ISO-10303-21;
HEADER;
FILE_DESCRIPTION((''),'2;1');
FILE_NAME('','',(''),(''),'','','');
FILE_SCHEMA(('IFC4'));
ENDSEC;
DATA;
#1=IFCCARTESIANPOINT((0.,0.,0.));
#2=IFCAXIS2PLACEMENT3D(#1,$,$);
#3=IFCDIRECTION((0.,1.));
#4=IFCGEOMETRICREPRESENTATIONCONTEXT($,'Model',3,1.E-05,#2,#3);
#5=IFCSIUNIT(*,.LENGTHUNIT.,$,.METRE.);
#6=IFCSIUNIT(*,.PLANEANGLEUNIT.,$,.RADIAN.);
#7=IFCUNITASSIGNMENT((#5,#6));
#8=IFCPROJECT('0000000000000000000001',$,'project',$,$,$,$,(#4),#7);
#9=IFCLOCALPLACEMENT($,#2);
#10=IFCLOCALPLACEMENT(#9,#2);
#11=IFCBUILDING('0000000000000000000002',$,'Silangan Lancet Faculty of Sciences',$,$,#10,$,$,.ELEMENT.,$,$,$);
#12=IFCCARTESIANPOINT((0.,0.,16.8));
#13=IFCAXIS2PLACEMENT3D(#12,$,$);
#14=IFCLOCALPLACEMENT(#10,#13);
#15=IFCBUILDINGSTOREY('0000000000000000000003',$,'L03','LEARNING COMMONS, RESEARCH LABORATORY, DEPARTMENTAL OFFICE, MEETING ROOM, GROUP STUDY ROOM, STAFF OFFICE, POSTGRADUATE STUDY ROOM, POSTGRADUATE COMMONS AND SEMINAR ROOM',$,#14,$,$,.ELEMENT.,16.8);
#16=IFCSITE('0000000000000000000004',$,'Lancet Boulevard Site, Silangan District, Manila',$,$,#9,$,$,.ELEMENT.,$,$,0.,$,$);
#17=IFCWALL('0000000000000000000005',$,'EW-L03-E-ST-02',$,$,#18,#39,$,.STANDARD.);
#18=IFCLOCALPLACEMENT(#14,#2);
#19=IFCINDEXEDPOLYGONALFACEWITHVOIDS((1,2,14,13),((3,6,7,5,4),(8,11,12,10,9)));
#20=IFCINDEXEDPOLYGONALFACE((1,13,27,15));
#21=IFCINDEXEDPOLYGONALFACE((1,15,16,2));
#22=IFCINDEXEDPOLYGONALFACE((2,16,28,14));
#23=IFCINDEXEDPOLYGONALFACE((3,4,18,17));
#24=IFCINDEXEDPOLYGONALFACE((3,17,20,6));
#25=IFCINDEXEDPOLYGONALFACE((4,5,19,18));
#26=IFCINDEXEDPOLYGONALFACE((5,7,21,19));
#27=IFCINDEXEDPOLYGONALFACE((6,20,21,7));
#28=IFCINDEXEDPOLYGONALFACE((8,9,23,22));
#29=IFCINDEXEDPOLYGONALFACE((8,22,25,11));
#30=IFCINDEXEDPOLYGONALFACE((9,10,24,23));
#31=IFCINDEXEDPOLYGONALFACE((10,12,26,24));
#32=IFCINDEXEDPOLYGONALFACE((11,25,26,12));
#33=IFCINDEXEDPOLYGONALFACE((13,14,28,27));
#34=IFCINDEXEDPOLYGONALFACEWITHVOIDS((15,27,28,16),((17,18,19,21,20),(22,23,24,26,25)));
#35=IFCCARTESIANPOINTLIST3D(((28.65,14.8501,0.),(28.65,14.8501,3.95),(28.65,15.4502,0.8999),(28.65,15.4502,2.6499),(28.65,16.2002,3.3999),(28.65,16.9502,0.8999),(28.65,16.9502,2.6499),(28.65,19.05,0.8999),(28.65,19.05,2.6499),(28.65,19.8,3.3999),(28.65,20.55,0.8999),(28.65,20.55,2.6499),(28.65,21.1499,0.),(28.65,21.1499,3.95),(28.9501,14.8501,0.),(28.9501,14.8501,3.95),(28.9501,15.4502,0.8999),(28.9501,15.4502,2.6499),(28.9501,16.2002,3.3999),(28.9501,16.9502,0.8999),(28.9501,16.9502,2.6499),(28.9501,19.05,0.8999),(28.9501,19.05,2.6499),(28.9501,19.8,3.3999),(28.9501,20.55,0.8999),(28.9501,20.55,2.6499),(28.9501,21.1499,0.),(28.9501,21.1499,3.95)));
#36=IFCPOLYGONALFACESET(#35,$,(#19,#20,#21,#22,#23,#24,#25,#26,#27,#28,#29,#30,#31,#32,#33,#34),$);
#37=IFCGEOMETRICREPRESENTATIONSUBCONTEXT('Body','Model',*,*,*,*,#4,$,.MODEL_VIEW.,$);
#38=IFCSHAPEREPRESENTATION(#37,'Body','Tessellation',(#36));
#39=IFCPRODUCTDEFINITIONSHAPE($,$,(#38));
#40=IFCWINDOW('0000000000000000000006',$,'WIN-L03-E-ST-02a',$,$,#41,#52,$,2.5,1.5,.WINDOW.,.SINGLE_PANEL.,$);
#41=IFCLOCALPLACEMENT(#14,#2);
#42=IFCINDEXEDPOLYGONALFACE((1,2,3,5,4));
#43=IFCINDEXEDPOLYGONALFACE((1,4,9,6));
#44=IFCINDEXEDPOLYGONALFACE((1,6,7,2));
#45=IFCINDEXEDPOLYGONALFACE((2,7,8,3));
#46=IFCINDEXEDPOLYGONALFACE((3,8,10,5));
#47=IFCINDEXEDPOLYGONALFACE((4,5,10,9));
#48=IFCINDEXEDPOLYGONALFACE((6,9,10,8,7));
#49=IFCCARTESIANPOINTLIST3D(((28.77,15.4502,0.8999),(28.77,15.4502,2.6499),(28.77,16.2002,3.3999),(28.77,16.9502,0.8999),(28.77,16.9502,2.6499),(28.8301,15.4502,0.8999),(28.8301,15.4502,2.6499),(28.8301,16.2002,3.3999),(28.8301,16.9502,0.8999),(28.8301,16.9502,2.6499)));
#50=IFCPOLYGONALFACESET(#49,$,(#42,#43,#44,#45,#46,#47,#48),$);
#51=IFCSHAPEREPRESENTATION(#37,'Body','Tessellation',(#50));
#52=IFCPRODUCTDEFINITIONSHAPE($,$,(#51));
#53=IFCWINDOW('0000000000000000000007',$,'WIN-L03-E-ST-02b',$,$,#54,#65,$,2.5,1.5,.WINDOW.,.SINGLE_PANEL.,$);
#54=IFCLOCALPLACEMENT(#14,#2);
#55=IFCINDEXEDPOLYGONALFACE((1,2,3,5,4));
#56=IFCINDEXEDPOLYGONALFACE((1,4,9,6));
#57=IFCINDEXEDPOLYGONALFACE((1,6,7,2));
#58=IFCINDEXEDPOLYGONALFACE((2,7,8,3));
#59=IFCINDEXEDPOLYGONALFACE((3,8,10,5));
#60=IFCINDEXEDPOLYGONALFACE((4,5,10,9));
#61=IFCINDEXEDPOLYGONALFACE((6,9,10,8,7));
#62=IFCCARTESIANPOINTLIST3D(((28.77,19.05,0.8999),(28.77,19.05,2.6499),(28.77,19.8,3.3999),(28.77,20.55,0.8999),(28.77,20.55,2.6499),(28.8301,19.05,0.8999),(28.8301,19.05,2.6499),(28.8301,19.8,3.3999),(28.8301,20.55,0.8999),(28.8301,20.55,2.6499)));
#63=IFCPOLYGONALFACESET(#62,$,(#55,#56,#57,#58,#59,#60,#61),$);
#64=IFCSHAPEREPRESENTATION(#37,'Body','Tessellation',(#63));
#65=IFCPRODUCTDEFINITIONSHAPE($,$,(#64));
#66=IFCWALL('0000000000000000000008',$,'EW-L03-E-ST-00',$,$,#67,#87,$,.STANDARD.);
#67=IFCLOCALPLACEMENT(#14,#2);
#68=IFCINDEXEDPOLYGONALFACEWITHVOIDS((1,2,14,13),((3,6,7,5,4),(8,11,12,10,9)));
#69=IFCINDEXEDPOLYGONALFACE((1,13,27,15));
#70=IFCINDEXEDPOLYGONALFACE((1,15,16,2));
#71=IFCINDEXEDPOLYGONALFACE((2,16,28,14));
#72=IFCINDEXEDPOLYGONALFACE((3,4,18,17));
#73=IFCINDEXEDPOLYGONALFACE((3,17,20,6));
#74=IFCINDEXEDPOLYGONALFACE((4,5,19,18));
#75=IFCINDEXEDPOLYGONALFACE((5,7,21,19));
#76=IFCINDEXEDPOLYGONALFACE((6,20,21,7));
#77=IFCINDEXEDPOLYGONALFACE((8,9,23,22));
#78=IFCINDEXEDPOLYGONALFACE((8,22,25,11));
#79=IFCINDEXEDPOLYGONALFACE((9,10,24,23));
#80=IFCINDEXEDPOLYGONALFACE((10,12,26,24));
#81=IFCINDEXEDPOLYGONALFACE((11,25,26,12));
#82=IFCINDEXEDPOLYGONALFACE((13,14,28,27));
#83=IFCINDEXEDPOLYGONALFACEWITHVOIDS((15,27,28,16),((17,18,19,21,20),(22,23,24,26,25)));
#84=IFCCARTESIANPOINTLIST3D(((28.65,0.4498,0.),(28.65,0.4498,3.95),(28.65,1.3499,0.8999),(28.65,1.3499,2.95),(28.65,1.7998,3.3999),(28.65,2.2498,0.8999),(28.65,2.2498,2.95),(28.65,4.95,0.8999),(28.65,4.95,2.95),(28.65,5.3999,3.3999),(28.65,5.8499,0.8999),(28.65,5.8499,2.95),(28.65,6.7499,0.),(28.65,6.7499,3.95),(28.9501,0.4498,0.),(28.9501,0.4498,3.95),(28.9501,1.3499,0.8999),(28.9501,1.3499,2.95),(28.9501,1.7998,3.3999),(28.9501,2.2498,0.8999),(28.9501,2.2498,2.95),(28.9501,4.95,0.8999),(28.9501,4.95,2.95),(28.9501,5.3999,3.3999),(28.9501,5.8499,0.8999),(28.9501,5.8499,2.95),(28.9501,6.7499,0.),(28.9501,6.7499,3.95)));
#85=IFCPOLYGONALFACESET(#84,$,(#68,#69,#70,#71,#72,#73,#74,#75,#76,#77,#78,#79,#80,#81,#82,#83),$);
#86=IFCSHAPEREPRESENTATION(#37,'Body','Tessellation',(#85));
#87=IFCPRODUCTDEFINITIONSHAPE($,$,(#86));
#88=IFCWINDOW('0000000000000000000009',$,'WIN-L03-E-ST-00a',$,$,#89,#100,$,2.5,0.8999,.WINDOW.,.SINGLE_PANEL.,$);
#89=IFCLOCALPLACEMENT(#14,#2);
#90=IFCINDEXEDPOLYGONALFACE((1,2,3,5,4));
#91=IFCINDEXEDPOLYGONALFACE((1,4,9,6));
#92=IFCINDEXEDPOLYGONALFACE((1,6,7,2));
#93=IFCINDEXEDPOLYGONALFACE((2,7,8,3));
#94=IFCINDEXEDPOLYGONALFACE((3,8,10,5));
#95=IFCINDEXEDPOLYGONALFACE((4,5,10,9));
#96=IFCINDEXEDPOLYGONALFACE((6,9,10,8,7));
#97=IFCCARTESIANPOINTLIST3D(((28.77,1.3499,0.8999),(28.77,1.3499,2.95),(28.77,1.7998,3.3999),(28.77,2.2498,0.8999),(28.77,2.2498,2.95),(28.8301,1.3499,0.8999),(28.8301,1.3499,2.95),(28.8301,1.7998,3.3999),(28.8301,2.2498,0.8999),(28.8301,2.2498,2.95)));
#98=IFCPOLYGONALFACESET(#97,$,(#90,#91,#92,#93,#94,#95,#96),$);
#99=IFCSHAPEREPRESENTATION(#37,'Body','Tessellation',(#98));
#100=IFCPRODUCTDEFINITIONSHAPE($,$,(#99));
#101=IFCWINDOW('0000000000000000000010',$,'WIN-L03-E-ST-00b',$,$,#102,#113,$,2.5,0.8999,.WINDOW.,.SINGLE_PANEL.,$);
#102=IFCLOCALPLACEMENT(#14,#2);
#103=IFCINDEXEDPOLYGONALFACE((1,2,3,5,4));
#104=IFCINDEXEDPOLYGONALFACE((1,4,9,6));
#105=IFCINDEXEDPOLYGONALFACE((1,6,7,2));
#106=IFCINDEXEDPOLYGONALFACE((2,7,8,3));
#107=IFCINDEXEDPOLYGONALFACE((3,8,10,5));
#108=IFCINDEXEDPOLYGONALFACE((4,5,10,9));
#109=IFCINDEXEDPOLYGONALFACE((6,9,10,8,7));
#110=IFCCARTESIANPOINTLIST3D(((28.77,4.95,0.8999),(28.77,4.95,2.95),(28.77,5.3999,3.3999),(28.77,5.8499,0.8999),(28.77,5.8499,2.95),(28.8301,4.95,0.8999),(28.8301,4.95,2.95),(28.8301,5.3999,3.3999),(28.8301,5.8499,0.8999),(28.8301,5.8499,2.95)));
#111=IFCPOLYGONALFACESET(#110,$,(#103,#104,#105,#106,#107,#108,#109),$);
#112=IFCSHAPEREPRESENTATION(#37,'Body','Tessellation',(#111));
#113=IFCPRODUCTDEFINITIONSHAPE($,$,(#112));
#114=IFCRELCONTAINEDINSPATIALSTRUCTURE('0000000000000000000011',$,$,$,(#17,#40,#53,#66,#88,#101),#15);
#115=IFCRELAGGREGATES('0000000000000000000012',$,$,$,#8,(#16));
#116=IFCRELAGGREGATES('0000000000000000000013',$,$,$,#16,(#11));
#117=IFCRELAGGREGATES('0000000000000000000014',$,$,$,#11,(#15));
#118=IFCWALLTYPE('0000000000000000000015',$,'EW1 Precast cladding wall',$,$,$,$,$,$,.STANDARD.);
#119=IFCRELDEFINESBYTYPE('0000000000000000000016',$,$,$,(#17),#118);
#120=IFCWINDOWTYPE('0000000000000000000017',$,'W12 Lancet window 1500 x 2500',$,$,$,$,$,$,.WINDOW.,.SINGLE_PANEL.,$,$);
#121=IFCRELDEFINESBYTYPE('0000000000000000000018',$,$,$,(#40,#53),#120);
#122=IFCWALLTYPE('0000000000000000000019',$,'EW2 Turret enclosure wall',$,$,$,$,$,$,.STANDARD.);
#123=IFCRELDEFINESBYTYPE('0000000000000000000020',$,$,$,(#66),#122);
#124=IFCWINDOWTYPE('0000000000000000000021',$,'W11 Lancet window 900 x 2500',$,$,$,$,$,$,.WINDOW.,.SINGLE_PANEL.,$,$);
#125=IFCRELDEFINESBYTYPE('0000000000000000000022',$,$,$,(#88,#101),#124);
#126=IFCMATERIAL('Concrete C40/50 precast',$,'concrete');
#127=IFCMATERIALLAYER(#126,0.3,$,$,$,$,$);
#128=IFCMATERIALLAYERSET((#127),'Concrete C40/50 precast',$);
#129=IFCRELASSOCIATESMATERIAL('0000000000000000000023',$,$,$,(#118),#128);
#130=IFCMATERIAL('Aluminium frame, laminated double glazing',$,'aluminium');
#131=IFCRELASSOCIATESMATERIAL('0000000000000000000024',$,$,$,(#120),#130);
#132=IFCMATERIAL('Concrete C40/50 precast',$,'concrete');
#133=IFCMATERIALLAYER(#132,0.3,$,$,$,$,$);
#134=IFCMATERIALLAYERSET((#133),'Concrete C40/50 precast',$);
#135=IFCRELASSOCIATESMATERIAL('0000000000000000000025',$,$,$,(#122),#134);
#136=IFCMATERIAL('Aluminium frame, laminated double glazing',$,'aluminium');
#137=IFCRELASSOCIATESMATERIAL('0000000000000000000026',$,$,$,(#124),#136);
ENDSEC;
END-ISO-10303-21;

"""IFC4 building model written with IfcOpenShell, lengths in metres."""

from ifc_helpers import new_model, si_unit, direction, frame, frame_2d, origin, place, context, subcontext, project, spatial, polyline, rectangle, outline, extrude, material, layer, layer_set, type_object, element, fill, save


model = new_model("IFC4")

# Units and contexts
model_context = context("Model", 3, precision=1e-05, world=origin(), true_north=direction((0.0, 1.0)))
body_context = subcontext(model_context, "Body", "Model", "MODEL_VIEW")
ifc_project = project(units=[si_unit("LENGTHUNIT", "METRE"), si_unit("PLANEANGLEUNIT", "RADIAN")], contexts=[model_context])

# Site, building, storey
site_placement = place(None, origin())
site = spatial("IfcSite", under=ifc_project, at=site_placement, Name="Lancet Boulevard Site, Silangan District, Manila", CompositionType="ELEMENT", RefElevation=0.0)
building_placement = place(site_placement, origin())
building = spatial("IfcBuilding", under=site, at=building_placement, Name="Silangan Lancet Faculty of Sciences", CompositionType="ELEMENT")
storey_placement = place(building_placement, frame((0.0, 0.0, 16.8)))
storey = spatial("IfcBuildingStorey", under=building, at=storey_placement, Name="L03", Description="LEARNING COMMONS, RESEARCH LABORATORY, DEPARTMENTAL OFFICE, MEETING ROOM, GROUP STUDY ROOM, STAFF OFFICE, POSTGRADUATE STUDY ROOM, POSTGRADUATE COMMONS AND SEMINAR ROOM", CompositionType="ELEMENT", Elevation=16.8)

# Shared definitions
ifc_material_1 = material(Name="Concrete C40/50 precast", Category="concrete")
ifc_layer_1 = layer(ifc_material_1, 0.3)
ifc_layer_set_1 = layer_set([ifc_layer_1], Name="Concrete C40/50 precast")
wall_type_1 = type_object("IfcWallType", Name="EW1 Precast cladding wall", PredefinedType="STANDARD", material=ifc_layer_set_1)
ifc_material_2 = material(Name="Aluminium frame, laminated double glazing", Category="aluminium")
window_type_1 = type_object("IfcWindowType", Name="W12 Lancet window 1500 x 2500", PartitioningType="SINGLE_PANEL", PredefinedType="WINDOW", material=ifc_material_2)

# Walls, openings, windows
wall_1_placement = place(storey_placement, frame((28.8, 14.8501, 0.0), z_axis=(0.0, 0.0, 1.0), x_axis=(0.0, 1.0, 0.0)))
wall_1 = element("IfcWall", 1, at=wall_1_placement, inside=storey, type_object=wall_type_1, Name="EW-L03-E-ST-02", PredefinedType="STANDARD", context=body_context, shape_type="SweptSolid", body=[
    extrude(rectangle(XDim=6.2998, YDim=0.3, at=frame_2d((3.1499, 0.0))), origin(), (0.0, 0.0, 1.0), 3.95),
])
opening_1_placement = place(wall_1_placement, frame((0.6001, 0.0, 0.8999)))
opening_1 = element("IfcOpeningElement", 2, at=opening_1_placement, cuts=wall_1, PredefinedType="OPENING", context=body_context, shape_type="SweptSolid", body=[
    extrude(outline(polyline([(0.0, 0.0), (1.5, 0.0), (1.5, 1.75), (0.75, 2.5), (0.0, 1.75), (0.0, 0.0)])), frame((0.0, 0.1599, 0.0), z_axis=(0.0, -1.0, 0.0), x_axis=(1.0, 0.0, 0.0)), (0.0, 0.0, 1.0), 0.3201),
])
opening_2_placement = place(wall_1_placement, frame((4.2, 0.0, 0.8999)))
opening_2 = element("IfcOpeningElement", 3, at=opening_2_placement, cuts=wall_1, PredefinedType="OPENING", context=body_context, shape_type="SweptSolid", body=[
    extrude(outline(polyline([(0.0, 0.0), (1.5, 0.0), (1.5, 1.75), (0.75, 2.5), (0.0, 1.75), (0.0, 0.0)])), frame((0.0, 0.1599, 0.0), z_axis=(0.0, -1.0, 0.0), x_axis=(1.0, 0.0, 0.0)), (0.0, 0.0, 1.0), 0.3201),
])
window_1_placement = place(opening_1_placement, origin())
window_1 = element("IfcWindow", 4, at=window_1_placement, inside=storey, type_object=window_type_1, Name="WIN-L03-E-ST-02a", OverallHeight=2.5, OverallWidth=1.5, PartitioningType="SINGLE_PANEL", PredefinedType="WINDOW", context=body_context, shape_type="SweptSolid", body=[
    extrude(outline(polyline([(0.0, 0.0), (1.5, 0.0), (1.5, 1.75), (0.75, 2.5), (0.0, 1.75), (0.0, 0.0)])), frame((0.0, 0.03, 0.0), z_axis=(0.0, -1.0, 0.0), x_axis=(1.0, 0.0, 0.0)), (0.0, 0.0, 1.0), 0.0601),
])
fill(opening_1, window_1)
window_2_placement = place(opening_2_placement, origin())
window_2 = element("IfcWindow", 5, at=window_2_placement, inside=storey, type_object=window_type_1, Name="WIN-L03-E-ST-02b", OverallHeight=2.5, OverallWidth=1.5, PartitioningType="SINGLE_PANEL", PredefinedType="WINDOW", context=body_context, shape_type="SweptSolid", body=[
    extrude(outline(polyline([(0.0, 0.0), (1.5, 0.0), (1.5, 1.75), (0.75, 2.5), (0.0, 1.75), (0.0, 0.0)])), frame((0.0, 0.03, 0.0), z_axis=(0.0, -1.0, 0.0), x_axis=(1.0, 0.0, 0.0)), (0.0, 0.0, 1.0), 0.0601),
])
fill(opening_2, window_2)
ifc_material_3 = material(Name="Concrete C40/50 precast", Category="concrete")
ifc_layer_2 = layer(ifc_material_3, 0.3)
ifc_layer_set_2 = layer_set([ifc_layer_2], Name="Concrete C40/50 precast")
wall_type_2 = type_object("IfcWallType", Name="EW2 Turret enclosure wall", PredefinedType="STANDARD", material=ifc_layer_set_2)
wall_2_placement = place(storey_placement, frame((28.8, 0.45, 0.0), z_axis=(0.0, 0.0, 1.0), x_axis=(0.0, 1.0, 0.0)))
wall_2 = element("IfcWall", 6, at=wall_2_placement, inside=storey, type_object=wall_type_2, Name="EW-L03-E-ST-00", PredefinedType="STANDARD", context=body_context, shape_type="SweptSolid", body=[
    extrude(rectangle(XDim=6.3, YDim=0.3, at=frame_2d((3.1499, 0.0))), origin(), (0.0, 0.0, 1.0), 3.95),
])
opening_3_placement = place(wall_2_placement, frame((0.8999, 0.0, 0.8999)))
opening_3 = element("IfcOpeningElement", 7, at=opening_3_placement, cuts=wall_2, PredefinedType="OPENING", context=body_context, shape_type="SweptSolid", body=[
    extrude(outline(polyline([(0.0, 0.0), (0.8999, 0.0), (0.8999, 2.05), (0.45, 2.5), (0.0, 2.05), (0.0, 0.0)])), frame((0.0, 0.1599, 0.0), z_axis=(0.0, -1.0, 0.0), x_axis=(1.0, 0.0, 0.0)), (0.0, 0.0, 1.0), 0.3201),
])
opening_4_placement = place(wall_2_placement, frame((4.5, 0.0, 0.8999)))
opening_4 = element("IfcOpeningElement", 8, at=opening_4_placement, cuts=wall_2, PredefinedType="OPENING", context=body_context, shape_type="SweptSolid", body=[
    extrude(outline(polyline([(0.0, 0.0), (0.8999, 0.0), (0.8999, 2.05), (0.45, 2.5), (0.0, 2.05), (0.0, 0.0)])), frame((0.0, 0.1599, 0.0), z_axis=(0.0, -1.0, 0.0), x_axis=(1.0, 0.0, 0.0)), (0.0, 0.0, 1.0), 0.3201),
])
ifc_material_4 = material(Name="Aluminium frame, laminated double glazing", Category="aluminium")
window_type_2 = type_object("IfcWindowType", Name="W11 Lancet window 900 x 2500", PartitioningType="SINGLE_PANEL", PredefinedType="WINDOW", material=ifc_material_4)
window_3_placement = place(opening_3_placement, origin())
window_3 = element("IfcWindow", 9, at=window_3_placement, inside=storey, type_object=window_type_2, Name="WIN-L03-E-ST-00a", OverallHeight=2.5, OverallWidth=0.8999, PartitioningType="SINGLE_PANEL", PredefinedType="WINDOW", context=body_context, shape_type="SweptSolid", body=[
    extrude(outline(polyline([(0.0, 0.0), (0.8999, 0.0), (0.8999, 2.05), (0.45, 2.5), (0.0, 2.05), (0.0, 0.0)])), frame((0.0, 0.03, 0.0), z_axis=(0.0, -1.0, 0.0), x_axis=(1.0, 0.0, 0.0)), (0.0, 0.0, 1.0), 0.0601),
])
fill(opening_3, window_3)
window_4_placement = place(opening_4_placement, origin())
window_4 = element("IfcWindow", 10, at=window_4_placement, inside=storey, type_object=window_type_2, Name="WIN-L03-E-ST-00b", OverallHeight=2.5, OverallWidth=0.8999, PartitioningType="SINGLE_PANEL", PredefinedType="WINDOW", context=body_context, shape_type="SweptSolid", body=[
    extrude(outline(polyline([(0.0, 0.0), (0.8999, 0.0), (0.8999, 2.05), (0.45, 2.5), (0.0, 2.05), (0.0, 0.0)])), frame((0.0, 0.03, 0.0), z_axis=(0.0, -1.0, 0.0), x_axis=(1.0, 0.0, 0.0)), (0.0, 0.0, 1.0), 0.0601),
])
fill(opening_4, window_4)

save(model, "model.ifc")
